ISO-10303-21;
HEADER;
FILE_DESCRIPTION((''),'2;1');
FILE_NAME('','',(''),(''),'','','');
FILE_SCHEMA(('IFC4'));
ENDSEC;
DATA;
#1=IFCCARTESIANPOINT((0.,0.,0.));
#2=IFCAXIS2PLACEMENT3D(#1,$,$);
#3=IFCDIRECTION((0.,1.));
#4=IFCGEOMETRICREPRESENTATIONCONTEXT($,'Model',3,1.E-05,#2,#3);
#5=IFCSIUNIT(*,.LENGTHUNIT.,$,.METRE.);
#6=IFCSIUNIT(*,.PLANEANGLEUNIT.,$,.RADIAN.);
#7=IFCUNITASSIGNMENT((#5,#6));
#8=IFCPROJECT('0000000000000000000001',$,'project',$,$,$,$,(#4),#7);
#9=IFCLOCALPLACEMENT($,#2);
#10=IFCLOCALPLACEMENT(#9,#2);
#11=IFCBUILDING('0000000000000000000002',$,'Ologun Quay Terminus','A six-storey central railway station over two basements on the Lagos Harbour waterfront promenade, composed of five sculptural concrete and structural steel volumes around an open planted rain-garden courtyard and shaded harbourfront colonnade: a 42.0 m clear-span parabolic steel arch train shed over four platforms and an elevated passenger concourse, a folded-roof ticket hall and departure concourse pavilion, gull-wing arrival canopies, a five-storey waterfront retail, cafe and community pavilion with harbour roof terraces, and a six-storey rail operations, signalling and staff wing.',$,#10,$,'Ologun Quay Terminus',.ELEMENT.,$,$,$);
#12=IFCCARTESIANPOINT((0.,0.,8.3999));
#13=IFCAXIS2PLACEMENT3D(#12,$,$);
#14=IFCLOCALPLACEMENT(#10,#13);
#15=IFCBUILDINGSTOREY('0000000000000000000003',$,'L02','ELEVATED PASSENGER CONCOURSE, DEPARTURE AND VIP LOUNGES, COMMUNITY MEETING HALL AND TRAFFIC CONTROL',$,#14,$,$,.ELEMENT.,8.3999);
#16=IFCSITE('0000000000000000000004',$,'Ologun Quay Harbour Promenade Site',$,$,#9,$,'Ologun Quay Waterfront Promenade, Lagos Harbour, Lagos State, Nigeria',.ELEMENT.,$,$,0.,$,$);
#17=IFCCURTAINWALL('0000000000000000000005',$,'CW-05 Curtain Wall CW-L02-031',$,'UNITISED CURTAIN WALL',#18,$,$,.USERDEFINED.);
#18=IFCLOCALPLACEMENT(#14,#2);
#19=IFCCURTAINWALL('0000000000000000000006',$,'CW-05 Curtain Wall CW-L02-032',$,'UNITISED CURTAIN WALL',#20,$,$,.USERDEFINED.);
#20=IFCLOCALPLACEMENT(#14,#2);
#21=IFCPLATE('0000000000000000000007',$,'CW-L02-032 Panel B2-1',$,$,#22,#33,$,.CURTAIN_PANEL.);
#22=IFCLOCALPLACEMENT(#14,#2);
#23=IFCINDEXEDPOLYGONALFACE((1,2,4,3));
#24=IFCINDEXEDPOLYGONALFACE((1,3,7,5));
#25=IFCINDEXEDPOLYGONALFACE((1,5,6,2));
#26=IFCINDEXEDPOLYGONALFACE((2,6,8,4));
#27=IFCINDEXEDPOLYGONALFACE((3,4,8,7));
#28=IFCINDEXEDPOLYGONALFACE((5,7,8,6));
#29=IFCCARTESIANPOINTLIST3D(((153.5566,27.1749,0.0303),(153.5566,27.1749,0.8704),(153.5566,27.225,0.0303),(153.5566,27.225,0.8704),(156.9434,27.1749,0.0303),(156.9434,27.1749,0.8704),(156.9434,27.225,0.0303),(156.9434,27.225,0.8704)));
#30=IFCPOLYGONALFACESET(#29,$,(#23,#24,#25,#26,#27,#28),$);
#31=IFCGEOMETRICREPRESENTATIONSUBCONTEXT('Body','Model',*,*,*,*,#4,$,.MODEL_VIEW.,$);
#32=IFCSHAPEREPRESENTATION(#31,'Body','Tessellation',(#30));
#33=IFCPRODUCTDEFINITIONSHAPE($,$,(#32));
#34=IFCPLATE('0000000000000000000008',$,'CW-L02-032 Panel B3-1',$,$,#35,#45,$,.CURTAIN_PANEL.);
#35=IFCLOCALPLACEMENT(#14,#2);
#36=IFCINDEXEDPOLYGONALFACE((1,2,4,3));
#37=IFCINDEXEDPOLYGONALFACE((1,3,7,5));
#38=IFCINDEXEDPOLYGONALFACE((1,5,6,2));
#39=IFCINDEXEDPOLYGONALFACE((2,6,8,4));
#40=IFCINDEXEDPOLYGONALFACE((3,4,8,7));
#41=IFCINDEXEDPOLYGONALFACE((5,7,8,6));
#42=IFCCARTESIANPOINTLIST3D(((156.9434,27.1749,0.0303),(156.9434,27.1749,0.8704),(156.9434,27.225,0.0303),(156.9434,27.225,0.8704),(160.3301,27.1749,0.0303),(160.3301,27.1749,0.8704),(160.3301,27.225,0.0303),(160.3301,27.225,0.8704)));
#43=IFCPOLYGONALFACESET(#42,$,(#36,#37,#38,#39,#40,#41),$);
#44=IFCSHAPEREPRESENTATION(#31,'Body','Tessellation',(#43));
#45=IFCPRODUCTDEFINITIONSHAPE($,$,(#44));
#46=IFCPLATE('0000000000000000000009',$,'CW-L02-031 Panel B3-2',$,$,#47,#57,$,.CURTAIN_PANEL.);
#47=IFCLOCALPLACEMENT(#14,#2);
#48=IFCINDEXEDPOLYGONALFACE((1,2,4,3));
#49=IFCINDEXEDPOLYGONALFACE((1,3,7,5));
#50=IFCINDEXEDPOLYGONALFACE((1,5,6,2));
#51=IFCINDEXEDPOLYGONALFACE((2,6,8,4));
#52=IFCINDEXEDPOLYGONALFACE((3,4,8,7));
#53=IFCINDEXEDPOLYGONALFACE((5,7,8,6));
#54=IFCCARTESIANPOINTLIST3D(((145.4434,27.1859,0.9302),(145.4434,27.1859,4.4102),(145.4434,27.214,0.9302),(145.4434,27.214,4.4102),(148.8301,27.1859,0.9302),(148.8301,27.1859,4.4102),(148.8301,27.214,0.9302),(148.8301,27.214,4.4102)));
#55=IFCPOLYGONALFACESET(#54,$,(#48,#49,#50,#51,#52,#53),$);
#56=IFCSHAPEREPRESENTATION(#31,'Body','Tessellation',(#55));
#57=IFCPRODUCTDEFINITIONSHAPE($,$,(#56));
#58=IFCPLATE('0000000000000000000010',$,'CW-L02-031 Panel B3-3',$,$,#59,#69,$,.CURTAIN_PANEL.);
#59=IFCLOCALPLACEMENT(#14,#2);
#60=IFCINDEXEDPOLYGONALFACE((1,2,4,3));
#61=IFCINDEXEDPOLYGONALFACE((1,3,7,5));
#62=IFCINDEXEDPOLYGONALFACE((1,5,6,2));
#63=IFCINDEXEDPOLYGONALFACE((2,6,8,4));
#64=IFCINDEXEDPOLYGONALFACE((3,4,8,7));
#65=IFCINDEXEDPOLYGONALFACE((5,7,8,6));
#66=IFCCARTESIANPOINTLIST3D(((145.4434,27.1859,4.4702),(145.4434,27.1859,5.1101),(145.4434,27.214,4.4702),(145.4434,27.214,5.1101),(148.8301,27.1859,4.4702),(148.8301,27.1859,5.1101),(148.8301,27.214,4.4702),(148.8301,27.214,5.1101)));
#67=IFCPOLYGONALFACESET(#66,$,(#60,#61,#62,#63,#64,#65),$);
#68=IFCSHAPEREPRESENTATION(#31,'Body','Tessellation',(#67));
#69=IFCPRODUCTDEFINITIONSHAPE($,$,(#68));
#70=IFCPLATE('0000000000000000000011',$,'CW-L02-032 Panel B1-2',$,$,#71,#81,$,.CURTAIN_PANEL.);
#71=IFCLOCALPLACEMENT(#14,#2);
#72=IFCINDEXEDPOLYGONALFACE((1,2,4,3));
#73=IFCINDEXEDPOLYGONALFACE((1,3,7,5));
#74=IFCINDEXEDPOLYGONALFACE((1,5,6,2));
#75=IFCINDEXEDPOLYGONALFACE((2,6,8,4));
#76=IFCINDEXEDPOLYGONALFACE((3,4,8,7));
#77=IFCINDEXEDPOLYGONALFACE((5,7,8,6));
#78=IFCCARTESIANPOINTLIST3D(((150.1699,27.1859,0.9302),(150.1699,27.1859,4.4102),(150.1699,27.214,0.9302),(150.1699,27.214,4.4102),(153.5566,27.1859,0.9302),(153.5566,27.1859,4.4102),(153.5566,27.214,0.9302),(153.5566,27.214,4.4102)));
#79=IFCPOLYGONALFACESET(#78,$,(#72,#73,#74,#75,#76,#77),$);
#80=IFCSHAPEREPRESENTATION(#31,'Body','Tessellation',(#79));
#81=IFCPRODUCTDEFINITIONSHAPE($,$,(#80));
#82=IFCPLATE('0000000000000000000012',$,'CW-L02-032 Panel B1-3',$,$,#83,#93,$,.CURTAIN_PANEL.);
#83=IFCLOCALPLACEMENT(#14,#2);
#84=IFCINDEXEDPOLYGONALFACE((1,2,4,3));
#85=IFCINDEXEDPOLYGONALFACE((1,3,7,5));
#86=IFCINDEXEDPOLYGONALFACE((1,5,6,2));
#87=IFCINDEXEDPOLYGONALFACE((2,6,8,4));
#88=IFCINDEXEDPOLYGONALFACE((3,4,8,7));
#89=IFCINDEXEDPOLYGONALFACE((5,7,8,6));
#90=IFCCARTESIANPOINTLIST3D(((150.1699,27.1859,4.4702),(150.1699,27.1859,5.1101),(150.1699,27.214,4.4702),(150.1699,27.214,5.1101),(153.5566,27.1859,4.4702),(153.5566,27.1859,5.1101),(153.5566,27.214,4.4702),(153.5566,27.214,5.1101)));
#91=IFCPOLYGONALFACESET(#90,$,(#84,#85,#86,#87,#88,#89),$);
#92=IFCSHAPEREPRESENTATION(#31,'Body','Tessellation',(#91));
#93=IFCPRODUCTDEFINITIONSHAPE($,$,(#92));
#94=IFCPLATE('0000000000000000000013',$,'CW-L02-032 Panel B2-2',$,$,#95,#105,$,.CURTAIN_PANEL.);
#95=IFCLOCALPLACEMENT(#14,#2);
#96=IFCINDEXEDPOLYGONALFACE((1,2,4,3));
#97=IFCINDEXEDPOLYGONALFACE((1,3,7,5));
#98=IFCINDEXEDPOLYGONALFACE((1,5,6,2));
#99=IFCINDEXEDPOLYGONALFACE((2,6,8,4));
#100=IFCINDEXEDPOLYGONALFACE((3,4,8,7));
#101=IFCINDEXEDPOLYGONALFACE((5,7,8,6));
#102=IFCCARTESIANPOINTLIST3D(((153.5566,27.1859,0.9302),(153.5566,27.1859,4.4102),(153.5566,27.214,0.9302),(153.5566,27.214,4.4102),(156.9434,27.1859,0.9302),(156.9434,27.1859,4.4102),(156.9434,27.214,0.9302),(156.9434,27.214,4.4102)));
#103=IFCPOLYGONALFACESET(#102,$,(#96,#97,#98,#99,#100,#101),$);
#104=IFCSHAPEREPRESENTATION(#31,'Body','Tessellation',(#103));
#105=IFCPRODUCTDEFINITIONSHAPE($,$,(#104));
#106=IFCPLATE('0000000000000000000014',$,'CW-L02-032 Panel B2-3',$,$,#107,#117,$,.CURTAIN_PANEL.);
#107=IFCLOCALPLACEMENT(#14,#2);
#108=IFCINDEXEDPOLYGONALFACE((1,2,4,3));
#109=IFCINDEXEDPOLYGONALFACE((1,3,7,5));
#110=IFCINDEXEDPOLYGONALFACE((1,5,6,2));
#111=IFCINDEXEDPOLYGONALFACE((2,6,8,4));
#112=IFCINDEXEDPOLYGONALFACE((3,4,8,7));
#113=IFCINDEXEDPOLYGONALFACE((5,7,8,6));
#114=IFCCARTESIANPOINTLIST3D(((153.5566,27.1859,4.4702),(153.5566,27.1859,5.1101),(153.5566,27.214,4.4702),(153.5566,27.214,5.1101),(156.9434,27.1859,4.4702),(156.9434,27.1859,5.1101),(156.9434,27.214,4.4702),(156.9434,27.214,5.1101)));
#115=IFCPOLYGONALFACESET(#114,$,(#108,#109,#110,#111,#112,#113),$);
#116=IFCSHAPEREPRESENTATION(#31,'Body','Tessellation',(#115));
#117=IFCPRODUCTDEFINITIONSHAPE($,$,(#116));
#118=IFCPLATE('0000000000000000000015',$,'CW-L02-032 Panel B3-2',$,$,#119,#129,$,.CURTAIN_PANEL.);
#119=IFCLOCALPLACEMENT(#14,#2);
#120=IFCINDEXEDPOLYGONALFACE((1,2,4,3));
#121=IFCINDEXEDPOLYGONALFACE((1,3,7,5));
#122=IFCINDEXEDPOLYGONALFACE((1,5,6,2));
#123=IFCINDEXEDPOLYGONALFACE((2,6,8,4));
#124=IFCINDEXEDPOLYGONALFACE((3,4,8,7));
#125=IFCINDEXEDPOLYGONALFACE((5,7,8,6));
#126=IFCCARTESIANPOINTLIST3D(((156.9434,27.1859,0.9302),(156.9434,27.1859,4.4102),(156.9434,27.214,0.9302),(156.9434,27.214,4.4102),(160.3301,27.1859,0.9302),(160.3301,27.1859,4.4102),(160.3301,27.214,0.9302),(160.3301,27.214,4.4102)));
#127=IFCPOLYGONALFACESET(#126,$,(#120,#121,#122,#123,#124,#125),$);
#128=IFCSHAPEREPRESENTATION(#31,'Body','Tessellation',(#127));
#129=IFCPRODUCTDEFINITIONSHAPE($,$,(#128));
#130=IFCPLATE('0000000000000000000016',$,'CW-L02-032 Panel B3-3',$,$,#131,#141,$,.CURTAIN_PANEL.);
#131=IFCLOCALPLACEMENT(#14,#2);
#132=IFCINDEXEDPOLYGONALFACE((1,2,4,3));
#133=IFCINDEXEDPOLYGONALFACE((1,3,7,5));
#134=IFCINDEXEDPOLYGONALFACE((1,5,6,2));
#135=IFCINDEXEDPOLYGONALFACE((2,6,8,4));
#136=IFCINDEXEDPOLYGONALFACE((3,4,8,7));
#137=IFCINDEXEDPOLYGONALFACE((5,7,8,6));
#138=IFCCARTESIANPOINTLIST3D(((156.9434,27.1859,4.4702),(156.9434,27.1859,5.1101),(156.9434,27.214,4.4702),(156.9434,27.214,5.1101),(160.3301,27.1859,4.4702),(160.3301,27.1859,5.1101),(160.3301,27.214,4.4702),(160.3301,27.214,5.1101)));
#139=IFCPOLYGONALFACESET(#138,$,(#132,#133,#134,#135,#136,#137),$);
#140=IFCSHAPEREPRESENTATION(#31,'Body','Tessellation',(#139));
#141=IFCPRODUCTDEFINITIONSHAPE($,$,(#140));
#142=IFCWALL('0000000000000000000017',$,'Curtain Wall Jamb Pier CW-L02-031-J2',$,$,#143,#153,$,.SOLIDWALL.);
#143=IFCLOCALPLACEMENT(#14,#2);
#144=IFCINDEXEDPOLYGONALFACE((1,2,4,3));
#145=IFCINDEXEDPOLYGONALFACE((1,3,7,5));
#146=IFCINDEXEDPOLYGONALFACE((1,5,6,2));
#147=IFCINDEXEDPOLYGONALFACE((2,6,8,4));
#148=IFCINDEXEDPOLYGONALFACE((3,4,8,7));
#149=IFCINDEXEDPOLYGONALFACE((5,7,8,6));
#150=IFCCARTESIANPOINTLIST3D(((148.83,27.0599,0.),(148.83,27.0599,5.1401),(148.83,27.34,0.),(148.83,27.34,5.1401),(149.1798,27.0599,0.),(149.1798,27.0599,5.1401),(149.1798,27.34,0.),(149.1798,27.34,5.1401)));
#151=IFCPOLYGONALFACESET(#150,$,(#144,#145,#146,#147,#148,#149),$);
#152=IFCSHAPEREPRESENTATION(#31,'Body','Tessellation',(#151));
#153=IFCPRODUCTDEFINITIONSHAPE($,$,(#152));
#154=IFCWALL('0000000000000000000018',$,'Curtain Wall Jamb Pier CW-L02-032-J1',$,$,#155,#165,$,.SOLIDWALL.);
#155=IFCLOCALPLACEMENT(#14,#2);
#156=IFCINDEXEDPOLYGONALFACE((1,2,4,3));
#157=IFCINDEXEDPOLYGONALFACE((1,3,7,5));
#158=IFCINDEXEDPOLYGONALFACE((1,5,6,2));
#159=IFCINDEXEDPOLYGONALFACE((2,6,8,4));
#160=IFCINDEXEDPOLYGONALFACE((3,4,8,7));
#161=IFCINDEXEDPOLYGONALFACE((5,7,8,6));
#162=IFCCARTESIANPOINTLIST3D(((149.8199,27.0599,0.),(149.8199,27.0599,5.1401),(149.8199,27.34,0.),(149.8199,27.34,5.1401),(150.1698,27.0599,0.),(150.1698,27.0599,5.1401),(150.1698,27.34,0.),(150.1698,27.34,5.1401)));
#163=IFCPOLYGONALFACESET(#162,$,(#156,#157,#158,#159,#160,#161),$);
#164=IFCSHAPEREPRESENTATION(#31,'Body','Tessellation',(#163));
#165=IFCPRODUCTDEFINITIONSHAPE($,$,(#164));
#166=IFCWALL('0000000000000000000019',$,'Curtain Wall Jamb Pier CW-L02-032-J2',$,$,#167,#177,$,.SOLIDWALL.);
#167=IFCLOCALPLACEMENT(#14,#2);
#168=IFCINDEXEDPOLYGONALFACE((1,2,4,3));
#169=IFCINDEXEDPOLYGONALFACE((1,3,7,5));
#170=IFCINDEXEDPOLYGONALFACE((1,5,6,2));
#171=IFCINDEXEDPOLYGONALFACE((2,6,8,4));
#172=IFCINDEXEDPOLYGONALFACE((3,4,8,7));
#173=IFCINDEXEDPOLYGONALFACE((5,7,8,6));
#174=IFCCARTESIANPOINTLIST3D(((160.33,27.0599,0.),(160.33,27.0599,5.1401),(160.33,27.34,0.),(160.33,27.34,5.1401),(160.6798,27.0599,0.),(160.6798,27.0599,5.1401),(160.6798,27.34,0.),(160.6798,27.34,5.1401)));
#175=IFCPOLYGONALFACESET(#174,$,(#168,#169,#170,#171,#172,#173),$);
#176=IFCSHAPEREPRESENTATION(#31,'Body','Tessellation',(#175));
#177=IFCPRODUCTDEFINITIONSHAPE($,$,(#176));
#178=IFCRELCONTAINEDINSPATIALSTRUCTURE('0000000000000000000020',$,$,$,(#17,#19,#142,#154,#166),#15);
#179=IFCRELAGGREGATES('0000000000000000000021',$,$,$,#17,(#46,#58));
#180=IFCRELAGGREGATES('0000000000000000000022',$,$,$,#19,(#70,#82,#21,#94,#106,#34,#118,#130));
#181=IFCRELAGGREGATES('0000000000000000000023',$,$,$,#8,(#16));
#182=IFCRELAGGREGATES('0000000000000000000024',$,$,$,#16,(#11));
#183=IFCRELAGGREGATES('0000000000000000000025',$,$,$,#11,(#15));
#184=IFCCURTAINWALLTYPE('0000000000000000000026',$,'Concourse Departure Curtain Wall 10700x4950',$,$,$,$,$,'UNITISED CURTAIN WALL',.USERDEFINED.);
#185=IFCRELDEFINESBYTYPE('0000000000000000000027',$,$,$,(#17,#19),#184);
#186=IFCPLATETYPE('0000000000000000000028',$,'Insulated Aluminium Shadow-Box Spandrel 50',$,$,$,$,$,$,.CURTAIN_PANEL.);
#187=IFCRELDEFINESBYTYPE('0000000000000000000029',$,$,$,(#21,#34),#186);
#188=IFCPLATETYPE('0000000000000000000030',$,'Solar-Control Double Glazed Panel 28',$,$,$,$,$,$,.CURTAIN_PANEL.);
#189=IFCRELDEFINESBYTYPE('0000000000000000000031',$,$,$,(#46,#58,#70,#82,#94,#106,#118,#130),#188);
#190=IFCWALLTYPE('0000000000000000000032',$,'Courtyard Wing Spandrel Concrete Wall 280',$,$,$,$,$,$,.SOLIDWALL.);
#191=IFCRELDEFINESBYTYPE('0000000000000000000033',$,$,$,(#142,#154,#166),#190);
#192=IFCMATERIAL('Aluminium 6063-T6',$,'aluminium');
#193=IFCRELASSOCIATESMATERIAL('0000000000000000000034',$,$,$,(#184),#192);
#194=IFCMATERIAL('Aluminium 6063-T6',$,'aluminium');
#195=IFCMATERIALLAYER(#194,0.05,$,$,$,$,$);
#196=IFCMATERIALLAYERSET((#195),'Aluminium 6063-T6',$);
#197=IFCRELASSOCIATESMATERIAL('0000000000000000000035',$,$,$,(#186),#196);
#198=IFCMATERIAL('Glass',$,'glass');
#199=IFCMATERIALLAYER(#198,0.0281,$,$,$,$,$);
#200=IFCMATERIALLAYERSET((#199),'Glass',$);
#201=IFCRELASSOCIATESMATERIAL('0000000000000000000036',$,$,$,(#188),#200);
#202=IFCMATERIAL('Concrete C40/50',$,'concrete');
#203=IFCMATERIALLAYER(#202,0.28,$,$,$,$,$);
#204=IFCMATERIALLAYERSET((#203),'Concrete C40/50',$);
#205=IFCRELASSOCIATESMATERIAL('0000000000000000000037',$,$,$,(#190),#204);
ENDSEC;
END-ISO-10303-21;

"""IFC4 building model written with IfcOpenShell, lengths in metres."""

from ifc_helpers import new_model, si_unit, direction, frame, frame_2d, origin, origin_2d, place, context, subcontext, project, spatial, rectangle, extrude, material, layer, layer_set, type_object, element, aggregate, save


model = new_model("IFC4")

# Units and contexts
model_context = context("Model", 3, precision=1e-05, world=origin(), true_north=direction((0.0, 1.0)))
body_context = subcontext(model_context, "Body", "Model", "MODEL_VIEW")
ifc_project = project(units=[si_unit("LENGTHUNIT", "METRE"), si_unit("PLANEANGLEUNIT", "RADIAN")], contexts=[model_context])

# Site, building, storey
site_placement = place(None, origin())
site = spatial("IfcSite", under=ifc_project, at=site_placement, Name="Ologun Quay Harbour Promenade Site", LongName="Ologun Quay Waterfront Promenade, Lagos Harbour, Lagos State, Nigeria", CompositionType="ELEMENT", RefElevation=0.0)
building_placement = place(site_placement, origin())
building = spatial("IfcBuilding", under=site, at=building_placement, Name="Ologun Quay Terminus", Description="A six-storey central railway station over two basements on the Lagos Harbour waterfront promenade, composed of five sculptural concrete and structural steel volumes around an open planted rain-garden courtyard and shaded harbourfront colonnade: a 42.0 m clear-span parabolic steel arch train shed over four platforms and an elevated passenger concourse, a folded-roof ticket hall and departure concourse pavilion, gull-wing arrival canopies, a five-storey waterfront retail, cafe and community pavilion with harbour roof terraces, and a six-storey rail operations, signalling and staff wing.", LongName="Ologun Quay Terminus", CompositionType="ELEMENT")
storey_placement = place(building_placement, frame((0.0, 0.0, 8.3999)))
storey = spatial("IfcBuildingStorey", under=building, at=storey_placement, Name="L02", Description="ELEVATED PASSENGER CONCOURSE, DEPARTURE AND VIP LOUNGES, COMMUNITY MEETING HALL AND TRAFFIC CONTROL", CompositionType="ELEMENT", Elevation=8.3999)

# Curtain walls
ifc_material_1 = material(Name="Aluminium 6063-T6", Category="aluminium")
curtain_wall_type = type_object("IfcCurtainWallType", Name="Concourse Departure Curtain Wall 10700x4950", ElementType="UNITISED CURTAIN WALL", PredefinedType="USERDEFINED", material=ifc_material_1)
curtain_wall_1_placement = place(storey_placement, origin())
curtain_wall_1 = element("IfcCurtainWall", 1, at=curtain_wall_1_placement, inside=storey, type_object=curtain_wall_type, Name="CW-05 Curtain Wall CW-L02-031", ObjectType="UNITISED CURTAIN WALL", PredefinedType="USERDEFINED")
curtain_wall_2_placement = place(storey_placement, origin())
curtain_wall_2 = element("IfcCurtainWall", 2, at=curtain_wall_2_placement, inside=storey, type_object=curtain_wall_type, Name="CW-05 Curtain Wall CW-L02-032", ObjectType="UNITISED CURTAIN WALL", PredefinedType="USERDEFINED")

# Plates
ifc_material_2 = material(Name="Aluminium 6063-T6", Category="aluminium")
ifc_layer_1 = layer(ifc_material_2, 0.05)
ifc_layer_set_1 = layer_set([ifc_layer_1], Name="Aluminium 6063-T6")
plate_type_1 = type_object("IfcPlateType", Name="Insulated Aluminium Shadow-Box Spandrel 50", PredefinedType="CURTAIN_PANEL", material=ifc_layer_set_1)
plate_1_placement = place(storey_placement, frame((155.25, 27.2, 0.0303), z_axis=(0.0, 0.0, 1.0), x_axis=(1.0, 0.0, 0.0)))
plate_1 = element("IfcPlate", 3, at=plate_1_placement, type_object=plate_type_1, Name="CW-L02-032 Panel B2-1", PredefinedType="CURTAIN_PANEL", context=body_context, shape_type="SweptSolid", body=[
    extrude(rectangle(XDim=3.3867, YDim=0.05, at=origin_2d()), origin(), (0.0, 0.0, 1.0), 0.8401),
])
plate_2_placement = place(storey_placement, frame((158.6367, 27.2, 0.0303), z_axis=(0.0, 0.0, 1.0), x_axis=(1.0, 0.0, 0.0)))
plate_2 = element("IfcPlate", 4, at=plate_2_placement, type_object=plate_type_1, Name="CW-L02-032 Panel B3-1", PredefinedType="CURTAIN_PANEL", context=body_context, shape_type="SweptSolid", body=[
    extrude(rectangle(XDim=3.3867, YDim=0.05, at=origin_2d()), origin(), (0.0, 0.0, 1.0), 0.8401),
])
ifc_material_3 = material(Name="Glass", Category="glass")
ifc_layer_2 = layer(ifc_material_3, 0.0281)
ifc_layer_set_2 = layer_set([ifc_layer_2], Name="Glass")
plate_type_2 = type_object("IfcPlateType", Name="Solar-Control Double Glazed Panel 28", PredefinedType="CURTAIN_PANEL", material=ifc_layer_set_2)
plate_3_placement = place(storey_placement, frame((147.1367, 27.2, 0.9302), z_axis=(0.0, 0.0, 1.0), x_axis=(1.0, 0.0, 0.0)))
plate_3 = element("IfcPlate", 5, at=plate_3_placement, type_object=plate_type_2, Name="CW-L02-031 Panel B3-2", PredefinedType="CURTAIN_PANEL", context=body_context, shape_type="SweptSolid", body=[
    extrude(rectangle(XDim=3.3867, YDim=0.0281, at=origin_2d()), origin(), (0.0, 0.0, 1.0), 3.48),
])
plate_4_placement = place(storey_placement, frame((147.1367, 27.2, 4.4702), z_axis=(0.0, 0.0, 1.0), x_axis=(1.0, 0.0, 0.0)))
plate_4 = element("IfcPlate", 6, at=plate_4_placement, type_object=plate_type_2, Name="CW-L02-031 Panel B3-3", PredefinedType="CURTAIN_PANEL", context=body_context, shape_type="SweptSolid", body=[
    extrude(rectangle(XDim=3.3867, YDim=0.0281, at=origin_2d()), origin(), (0.0, 0.0, 1.0), 0.6399),
])
aggregate(curtain_wall_1, [plate_3, plate_4])
plate_5_placement = place(storey_placement, frame((151.8633, 27.2, 0.9302), z_axis=(0.0, 0.0, 1.0), x_axis=(1.0, 0.0, 0.0)))
plate_5 = element("IfcPlate", 7, at=plate_5_placement, type_object=plate_type_2, Name="CW-L02-032 Panel B1-2", PredefinedType="CURTAIN_PANEL", context=body_context, shape_type="SweptSolid", body=[
    extrude(rectangle(XDim=3.3867, YDim=0.0281, at=origin_2d()), origin(), (0.0, 0.0, 1.0), 3.48),
])
plate_6_placement = place(storey_placement, frame((151.8633, 27.2, 4.4702), z_axis=(0.0, 0.0, 1.0), x_axis=(1.0, 0.0, 0.0)))
plate_6 = element("IfcPlate", 8, at=plate_6_placement, type_object=plate_type_2, Name="CW-L02-032 Panel B1-3", PredefinedType="CURTAIN_PANEL", context=body_context, shape_type="SweptSolid", body=[
    extrude(rectangle(XDim=3.3867, YDim=0.0281, at=origin_2d()), origin(), (0.0, 0.0, 1.0), 0.6399),
])
plate_7_placement = place(storey_placement, frame((155.25, 27.2, 0.9302), z_axis=(0.0, 0.0, 1.0), x_axis=(1.0, 0.0, 0.0)))
plate_7 = element("IfcPlate", 9, at=plate_7_placement, type_object=plate_type_2, Name="CW-L02-032 Panel B2-2", PredefinedType="CURTAIN_PANEL", context=body_context, shape_type="SweptSolid", body=[
    extrude(rectangle(XDim=3.3867, YDim=0.0281, at=origin_2d()), origin(), (0.0, 0.0, 1.0), 3.48),
])
plate_8_placement = place(storey_placement, frame((155.25, 27.2, 4.4702), z_axis=(0.0, 0.0, 1.0), x_axis=(1.0, 0.0, 0.0)))
plate_8 = element("IfcPlate", 10, at=plate_8_placement, type_object=plate_type_2, Name="CW-L02-032 Panel B2-3", PredefinedType="CURTAIN_PANEL", context=body_context, shape_type="SweptSolid", body=[
    extrude(rectangle(XDim=3.3867, YDim=0.0281, at=origin_2d()), origin(), (0.0, 0.0, 1.0), 0.6399),
])
plate_9_placement = place(storey_placement, frame((158.6367, 27.2, 0.9302), z_axis=(0.0, 0.0, 1.0), x_axis=(1.0, 0.0, 0.0)))
plate_9 = element("IfcPlate", 11, at=plate_9_placement, type_object=plate_type_2, Name="CW-L02-032 Panel B3-2", PredefinedType="CURTAIN_PANEL", context=body_context, shape_type="SweptSolid", body=[
    extrude(rectangle(XDim=3.3867, YDim=0.0281, at=origin_2d()), origin(), (0.0, 0.0, 1.0), 3.48),
])
plate_10_placement = place(storey_placement, frame((158.6367, 27.2, 4.4702), z_axis=(0.0, 0.0, 1.0), x_axis=(1.0, 0.0, 0.0)))
plate_10 = element("IfcPlate", 12, at=plate_10_placement, type_object=plate_type_2, Name="CW-L02-032 Panel B3-3", PredefinedType="CURTAIN_PANEL", context=body_context, shape_type="SweptSolid", body=[
    extrude(rectangle(XDim=3.3867, YDim=0.0281, at=origin_2d()), origin(), (0.0, 0.0, 1.0), 0.6399),
])
aggregate(curtain_wall_2, [plate_5, plate_6, plate_1, plate_7, plate_8, plate_2, plate_9, plate_10])

# Walls
ifc_material_4 = material(Name="Concrete C40/50", Category="concrete")
ifc_layer_3 = layer(ifc_material_4, 0.28)
ifc_layer_set_3 = layer_set([ifc_layer_3], Name="Concrete C40/50")
wall_type = type_object("IfcWallType", Name="Courtyard Wing Spandrel Concrete Wall 280", PredefinedType="SOLIDWALL", material=ifc_layer_set_3)
for number, where, z_axis, x_axis, name in (
    (13, (148.8301, 27.2, 0.0), (0.0, 0.0, 1.0), (1.0, 0.0, 0.0), "Curtain Wall Jamb Pier CW-L02-031-J2"),
    (14, (149.8201, 27.2, 0.0), (0.0, 0.0, 1.0), (1.0, 0.0, 0.0), "Curtain Wall Jamb Pier CW-L02-032-J1"),
    (15, (160.3301, 27.2, 0.0), (0.0, 0.0, 1.0), (1.0, 0.0, 0.0), "Curtain Wall Jamb Pier CW-L02-032-J2"),
):
    element("IfcWall", number, at=place(storey_placement, frame(where, z_axis=z_axis, x_axis=x_axis)), inside=storey, type_object=wall_type, Name=name, PredefinedType="SOLIDWALL", context=body_context, shape_type="SweptSolid", body=[
        extrude(rectangle(XDim=0.3499, YDim=0.28, at=frame_2d((0.1748, 0.0))), origin(), (0.0, 0.0, 1.0), 5.1401),
    ])

save(model, "model.ifc")
